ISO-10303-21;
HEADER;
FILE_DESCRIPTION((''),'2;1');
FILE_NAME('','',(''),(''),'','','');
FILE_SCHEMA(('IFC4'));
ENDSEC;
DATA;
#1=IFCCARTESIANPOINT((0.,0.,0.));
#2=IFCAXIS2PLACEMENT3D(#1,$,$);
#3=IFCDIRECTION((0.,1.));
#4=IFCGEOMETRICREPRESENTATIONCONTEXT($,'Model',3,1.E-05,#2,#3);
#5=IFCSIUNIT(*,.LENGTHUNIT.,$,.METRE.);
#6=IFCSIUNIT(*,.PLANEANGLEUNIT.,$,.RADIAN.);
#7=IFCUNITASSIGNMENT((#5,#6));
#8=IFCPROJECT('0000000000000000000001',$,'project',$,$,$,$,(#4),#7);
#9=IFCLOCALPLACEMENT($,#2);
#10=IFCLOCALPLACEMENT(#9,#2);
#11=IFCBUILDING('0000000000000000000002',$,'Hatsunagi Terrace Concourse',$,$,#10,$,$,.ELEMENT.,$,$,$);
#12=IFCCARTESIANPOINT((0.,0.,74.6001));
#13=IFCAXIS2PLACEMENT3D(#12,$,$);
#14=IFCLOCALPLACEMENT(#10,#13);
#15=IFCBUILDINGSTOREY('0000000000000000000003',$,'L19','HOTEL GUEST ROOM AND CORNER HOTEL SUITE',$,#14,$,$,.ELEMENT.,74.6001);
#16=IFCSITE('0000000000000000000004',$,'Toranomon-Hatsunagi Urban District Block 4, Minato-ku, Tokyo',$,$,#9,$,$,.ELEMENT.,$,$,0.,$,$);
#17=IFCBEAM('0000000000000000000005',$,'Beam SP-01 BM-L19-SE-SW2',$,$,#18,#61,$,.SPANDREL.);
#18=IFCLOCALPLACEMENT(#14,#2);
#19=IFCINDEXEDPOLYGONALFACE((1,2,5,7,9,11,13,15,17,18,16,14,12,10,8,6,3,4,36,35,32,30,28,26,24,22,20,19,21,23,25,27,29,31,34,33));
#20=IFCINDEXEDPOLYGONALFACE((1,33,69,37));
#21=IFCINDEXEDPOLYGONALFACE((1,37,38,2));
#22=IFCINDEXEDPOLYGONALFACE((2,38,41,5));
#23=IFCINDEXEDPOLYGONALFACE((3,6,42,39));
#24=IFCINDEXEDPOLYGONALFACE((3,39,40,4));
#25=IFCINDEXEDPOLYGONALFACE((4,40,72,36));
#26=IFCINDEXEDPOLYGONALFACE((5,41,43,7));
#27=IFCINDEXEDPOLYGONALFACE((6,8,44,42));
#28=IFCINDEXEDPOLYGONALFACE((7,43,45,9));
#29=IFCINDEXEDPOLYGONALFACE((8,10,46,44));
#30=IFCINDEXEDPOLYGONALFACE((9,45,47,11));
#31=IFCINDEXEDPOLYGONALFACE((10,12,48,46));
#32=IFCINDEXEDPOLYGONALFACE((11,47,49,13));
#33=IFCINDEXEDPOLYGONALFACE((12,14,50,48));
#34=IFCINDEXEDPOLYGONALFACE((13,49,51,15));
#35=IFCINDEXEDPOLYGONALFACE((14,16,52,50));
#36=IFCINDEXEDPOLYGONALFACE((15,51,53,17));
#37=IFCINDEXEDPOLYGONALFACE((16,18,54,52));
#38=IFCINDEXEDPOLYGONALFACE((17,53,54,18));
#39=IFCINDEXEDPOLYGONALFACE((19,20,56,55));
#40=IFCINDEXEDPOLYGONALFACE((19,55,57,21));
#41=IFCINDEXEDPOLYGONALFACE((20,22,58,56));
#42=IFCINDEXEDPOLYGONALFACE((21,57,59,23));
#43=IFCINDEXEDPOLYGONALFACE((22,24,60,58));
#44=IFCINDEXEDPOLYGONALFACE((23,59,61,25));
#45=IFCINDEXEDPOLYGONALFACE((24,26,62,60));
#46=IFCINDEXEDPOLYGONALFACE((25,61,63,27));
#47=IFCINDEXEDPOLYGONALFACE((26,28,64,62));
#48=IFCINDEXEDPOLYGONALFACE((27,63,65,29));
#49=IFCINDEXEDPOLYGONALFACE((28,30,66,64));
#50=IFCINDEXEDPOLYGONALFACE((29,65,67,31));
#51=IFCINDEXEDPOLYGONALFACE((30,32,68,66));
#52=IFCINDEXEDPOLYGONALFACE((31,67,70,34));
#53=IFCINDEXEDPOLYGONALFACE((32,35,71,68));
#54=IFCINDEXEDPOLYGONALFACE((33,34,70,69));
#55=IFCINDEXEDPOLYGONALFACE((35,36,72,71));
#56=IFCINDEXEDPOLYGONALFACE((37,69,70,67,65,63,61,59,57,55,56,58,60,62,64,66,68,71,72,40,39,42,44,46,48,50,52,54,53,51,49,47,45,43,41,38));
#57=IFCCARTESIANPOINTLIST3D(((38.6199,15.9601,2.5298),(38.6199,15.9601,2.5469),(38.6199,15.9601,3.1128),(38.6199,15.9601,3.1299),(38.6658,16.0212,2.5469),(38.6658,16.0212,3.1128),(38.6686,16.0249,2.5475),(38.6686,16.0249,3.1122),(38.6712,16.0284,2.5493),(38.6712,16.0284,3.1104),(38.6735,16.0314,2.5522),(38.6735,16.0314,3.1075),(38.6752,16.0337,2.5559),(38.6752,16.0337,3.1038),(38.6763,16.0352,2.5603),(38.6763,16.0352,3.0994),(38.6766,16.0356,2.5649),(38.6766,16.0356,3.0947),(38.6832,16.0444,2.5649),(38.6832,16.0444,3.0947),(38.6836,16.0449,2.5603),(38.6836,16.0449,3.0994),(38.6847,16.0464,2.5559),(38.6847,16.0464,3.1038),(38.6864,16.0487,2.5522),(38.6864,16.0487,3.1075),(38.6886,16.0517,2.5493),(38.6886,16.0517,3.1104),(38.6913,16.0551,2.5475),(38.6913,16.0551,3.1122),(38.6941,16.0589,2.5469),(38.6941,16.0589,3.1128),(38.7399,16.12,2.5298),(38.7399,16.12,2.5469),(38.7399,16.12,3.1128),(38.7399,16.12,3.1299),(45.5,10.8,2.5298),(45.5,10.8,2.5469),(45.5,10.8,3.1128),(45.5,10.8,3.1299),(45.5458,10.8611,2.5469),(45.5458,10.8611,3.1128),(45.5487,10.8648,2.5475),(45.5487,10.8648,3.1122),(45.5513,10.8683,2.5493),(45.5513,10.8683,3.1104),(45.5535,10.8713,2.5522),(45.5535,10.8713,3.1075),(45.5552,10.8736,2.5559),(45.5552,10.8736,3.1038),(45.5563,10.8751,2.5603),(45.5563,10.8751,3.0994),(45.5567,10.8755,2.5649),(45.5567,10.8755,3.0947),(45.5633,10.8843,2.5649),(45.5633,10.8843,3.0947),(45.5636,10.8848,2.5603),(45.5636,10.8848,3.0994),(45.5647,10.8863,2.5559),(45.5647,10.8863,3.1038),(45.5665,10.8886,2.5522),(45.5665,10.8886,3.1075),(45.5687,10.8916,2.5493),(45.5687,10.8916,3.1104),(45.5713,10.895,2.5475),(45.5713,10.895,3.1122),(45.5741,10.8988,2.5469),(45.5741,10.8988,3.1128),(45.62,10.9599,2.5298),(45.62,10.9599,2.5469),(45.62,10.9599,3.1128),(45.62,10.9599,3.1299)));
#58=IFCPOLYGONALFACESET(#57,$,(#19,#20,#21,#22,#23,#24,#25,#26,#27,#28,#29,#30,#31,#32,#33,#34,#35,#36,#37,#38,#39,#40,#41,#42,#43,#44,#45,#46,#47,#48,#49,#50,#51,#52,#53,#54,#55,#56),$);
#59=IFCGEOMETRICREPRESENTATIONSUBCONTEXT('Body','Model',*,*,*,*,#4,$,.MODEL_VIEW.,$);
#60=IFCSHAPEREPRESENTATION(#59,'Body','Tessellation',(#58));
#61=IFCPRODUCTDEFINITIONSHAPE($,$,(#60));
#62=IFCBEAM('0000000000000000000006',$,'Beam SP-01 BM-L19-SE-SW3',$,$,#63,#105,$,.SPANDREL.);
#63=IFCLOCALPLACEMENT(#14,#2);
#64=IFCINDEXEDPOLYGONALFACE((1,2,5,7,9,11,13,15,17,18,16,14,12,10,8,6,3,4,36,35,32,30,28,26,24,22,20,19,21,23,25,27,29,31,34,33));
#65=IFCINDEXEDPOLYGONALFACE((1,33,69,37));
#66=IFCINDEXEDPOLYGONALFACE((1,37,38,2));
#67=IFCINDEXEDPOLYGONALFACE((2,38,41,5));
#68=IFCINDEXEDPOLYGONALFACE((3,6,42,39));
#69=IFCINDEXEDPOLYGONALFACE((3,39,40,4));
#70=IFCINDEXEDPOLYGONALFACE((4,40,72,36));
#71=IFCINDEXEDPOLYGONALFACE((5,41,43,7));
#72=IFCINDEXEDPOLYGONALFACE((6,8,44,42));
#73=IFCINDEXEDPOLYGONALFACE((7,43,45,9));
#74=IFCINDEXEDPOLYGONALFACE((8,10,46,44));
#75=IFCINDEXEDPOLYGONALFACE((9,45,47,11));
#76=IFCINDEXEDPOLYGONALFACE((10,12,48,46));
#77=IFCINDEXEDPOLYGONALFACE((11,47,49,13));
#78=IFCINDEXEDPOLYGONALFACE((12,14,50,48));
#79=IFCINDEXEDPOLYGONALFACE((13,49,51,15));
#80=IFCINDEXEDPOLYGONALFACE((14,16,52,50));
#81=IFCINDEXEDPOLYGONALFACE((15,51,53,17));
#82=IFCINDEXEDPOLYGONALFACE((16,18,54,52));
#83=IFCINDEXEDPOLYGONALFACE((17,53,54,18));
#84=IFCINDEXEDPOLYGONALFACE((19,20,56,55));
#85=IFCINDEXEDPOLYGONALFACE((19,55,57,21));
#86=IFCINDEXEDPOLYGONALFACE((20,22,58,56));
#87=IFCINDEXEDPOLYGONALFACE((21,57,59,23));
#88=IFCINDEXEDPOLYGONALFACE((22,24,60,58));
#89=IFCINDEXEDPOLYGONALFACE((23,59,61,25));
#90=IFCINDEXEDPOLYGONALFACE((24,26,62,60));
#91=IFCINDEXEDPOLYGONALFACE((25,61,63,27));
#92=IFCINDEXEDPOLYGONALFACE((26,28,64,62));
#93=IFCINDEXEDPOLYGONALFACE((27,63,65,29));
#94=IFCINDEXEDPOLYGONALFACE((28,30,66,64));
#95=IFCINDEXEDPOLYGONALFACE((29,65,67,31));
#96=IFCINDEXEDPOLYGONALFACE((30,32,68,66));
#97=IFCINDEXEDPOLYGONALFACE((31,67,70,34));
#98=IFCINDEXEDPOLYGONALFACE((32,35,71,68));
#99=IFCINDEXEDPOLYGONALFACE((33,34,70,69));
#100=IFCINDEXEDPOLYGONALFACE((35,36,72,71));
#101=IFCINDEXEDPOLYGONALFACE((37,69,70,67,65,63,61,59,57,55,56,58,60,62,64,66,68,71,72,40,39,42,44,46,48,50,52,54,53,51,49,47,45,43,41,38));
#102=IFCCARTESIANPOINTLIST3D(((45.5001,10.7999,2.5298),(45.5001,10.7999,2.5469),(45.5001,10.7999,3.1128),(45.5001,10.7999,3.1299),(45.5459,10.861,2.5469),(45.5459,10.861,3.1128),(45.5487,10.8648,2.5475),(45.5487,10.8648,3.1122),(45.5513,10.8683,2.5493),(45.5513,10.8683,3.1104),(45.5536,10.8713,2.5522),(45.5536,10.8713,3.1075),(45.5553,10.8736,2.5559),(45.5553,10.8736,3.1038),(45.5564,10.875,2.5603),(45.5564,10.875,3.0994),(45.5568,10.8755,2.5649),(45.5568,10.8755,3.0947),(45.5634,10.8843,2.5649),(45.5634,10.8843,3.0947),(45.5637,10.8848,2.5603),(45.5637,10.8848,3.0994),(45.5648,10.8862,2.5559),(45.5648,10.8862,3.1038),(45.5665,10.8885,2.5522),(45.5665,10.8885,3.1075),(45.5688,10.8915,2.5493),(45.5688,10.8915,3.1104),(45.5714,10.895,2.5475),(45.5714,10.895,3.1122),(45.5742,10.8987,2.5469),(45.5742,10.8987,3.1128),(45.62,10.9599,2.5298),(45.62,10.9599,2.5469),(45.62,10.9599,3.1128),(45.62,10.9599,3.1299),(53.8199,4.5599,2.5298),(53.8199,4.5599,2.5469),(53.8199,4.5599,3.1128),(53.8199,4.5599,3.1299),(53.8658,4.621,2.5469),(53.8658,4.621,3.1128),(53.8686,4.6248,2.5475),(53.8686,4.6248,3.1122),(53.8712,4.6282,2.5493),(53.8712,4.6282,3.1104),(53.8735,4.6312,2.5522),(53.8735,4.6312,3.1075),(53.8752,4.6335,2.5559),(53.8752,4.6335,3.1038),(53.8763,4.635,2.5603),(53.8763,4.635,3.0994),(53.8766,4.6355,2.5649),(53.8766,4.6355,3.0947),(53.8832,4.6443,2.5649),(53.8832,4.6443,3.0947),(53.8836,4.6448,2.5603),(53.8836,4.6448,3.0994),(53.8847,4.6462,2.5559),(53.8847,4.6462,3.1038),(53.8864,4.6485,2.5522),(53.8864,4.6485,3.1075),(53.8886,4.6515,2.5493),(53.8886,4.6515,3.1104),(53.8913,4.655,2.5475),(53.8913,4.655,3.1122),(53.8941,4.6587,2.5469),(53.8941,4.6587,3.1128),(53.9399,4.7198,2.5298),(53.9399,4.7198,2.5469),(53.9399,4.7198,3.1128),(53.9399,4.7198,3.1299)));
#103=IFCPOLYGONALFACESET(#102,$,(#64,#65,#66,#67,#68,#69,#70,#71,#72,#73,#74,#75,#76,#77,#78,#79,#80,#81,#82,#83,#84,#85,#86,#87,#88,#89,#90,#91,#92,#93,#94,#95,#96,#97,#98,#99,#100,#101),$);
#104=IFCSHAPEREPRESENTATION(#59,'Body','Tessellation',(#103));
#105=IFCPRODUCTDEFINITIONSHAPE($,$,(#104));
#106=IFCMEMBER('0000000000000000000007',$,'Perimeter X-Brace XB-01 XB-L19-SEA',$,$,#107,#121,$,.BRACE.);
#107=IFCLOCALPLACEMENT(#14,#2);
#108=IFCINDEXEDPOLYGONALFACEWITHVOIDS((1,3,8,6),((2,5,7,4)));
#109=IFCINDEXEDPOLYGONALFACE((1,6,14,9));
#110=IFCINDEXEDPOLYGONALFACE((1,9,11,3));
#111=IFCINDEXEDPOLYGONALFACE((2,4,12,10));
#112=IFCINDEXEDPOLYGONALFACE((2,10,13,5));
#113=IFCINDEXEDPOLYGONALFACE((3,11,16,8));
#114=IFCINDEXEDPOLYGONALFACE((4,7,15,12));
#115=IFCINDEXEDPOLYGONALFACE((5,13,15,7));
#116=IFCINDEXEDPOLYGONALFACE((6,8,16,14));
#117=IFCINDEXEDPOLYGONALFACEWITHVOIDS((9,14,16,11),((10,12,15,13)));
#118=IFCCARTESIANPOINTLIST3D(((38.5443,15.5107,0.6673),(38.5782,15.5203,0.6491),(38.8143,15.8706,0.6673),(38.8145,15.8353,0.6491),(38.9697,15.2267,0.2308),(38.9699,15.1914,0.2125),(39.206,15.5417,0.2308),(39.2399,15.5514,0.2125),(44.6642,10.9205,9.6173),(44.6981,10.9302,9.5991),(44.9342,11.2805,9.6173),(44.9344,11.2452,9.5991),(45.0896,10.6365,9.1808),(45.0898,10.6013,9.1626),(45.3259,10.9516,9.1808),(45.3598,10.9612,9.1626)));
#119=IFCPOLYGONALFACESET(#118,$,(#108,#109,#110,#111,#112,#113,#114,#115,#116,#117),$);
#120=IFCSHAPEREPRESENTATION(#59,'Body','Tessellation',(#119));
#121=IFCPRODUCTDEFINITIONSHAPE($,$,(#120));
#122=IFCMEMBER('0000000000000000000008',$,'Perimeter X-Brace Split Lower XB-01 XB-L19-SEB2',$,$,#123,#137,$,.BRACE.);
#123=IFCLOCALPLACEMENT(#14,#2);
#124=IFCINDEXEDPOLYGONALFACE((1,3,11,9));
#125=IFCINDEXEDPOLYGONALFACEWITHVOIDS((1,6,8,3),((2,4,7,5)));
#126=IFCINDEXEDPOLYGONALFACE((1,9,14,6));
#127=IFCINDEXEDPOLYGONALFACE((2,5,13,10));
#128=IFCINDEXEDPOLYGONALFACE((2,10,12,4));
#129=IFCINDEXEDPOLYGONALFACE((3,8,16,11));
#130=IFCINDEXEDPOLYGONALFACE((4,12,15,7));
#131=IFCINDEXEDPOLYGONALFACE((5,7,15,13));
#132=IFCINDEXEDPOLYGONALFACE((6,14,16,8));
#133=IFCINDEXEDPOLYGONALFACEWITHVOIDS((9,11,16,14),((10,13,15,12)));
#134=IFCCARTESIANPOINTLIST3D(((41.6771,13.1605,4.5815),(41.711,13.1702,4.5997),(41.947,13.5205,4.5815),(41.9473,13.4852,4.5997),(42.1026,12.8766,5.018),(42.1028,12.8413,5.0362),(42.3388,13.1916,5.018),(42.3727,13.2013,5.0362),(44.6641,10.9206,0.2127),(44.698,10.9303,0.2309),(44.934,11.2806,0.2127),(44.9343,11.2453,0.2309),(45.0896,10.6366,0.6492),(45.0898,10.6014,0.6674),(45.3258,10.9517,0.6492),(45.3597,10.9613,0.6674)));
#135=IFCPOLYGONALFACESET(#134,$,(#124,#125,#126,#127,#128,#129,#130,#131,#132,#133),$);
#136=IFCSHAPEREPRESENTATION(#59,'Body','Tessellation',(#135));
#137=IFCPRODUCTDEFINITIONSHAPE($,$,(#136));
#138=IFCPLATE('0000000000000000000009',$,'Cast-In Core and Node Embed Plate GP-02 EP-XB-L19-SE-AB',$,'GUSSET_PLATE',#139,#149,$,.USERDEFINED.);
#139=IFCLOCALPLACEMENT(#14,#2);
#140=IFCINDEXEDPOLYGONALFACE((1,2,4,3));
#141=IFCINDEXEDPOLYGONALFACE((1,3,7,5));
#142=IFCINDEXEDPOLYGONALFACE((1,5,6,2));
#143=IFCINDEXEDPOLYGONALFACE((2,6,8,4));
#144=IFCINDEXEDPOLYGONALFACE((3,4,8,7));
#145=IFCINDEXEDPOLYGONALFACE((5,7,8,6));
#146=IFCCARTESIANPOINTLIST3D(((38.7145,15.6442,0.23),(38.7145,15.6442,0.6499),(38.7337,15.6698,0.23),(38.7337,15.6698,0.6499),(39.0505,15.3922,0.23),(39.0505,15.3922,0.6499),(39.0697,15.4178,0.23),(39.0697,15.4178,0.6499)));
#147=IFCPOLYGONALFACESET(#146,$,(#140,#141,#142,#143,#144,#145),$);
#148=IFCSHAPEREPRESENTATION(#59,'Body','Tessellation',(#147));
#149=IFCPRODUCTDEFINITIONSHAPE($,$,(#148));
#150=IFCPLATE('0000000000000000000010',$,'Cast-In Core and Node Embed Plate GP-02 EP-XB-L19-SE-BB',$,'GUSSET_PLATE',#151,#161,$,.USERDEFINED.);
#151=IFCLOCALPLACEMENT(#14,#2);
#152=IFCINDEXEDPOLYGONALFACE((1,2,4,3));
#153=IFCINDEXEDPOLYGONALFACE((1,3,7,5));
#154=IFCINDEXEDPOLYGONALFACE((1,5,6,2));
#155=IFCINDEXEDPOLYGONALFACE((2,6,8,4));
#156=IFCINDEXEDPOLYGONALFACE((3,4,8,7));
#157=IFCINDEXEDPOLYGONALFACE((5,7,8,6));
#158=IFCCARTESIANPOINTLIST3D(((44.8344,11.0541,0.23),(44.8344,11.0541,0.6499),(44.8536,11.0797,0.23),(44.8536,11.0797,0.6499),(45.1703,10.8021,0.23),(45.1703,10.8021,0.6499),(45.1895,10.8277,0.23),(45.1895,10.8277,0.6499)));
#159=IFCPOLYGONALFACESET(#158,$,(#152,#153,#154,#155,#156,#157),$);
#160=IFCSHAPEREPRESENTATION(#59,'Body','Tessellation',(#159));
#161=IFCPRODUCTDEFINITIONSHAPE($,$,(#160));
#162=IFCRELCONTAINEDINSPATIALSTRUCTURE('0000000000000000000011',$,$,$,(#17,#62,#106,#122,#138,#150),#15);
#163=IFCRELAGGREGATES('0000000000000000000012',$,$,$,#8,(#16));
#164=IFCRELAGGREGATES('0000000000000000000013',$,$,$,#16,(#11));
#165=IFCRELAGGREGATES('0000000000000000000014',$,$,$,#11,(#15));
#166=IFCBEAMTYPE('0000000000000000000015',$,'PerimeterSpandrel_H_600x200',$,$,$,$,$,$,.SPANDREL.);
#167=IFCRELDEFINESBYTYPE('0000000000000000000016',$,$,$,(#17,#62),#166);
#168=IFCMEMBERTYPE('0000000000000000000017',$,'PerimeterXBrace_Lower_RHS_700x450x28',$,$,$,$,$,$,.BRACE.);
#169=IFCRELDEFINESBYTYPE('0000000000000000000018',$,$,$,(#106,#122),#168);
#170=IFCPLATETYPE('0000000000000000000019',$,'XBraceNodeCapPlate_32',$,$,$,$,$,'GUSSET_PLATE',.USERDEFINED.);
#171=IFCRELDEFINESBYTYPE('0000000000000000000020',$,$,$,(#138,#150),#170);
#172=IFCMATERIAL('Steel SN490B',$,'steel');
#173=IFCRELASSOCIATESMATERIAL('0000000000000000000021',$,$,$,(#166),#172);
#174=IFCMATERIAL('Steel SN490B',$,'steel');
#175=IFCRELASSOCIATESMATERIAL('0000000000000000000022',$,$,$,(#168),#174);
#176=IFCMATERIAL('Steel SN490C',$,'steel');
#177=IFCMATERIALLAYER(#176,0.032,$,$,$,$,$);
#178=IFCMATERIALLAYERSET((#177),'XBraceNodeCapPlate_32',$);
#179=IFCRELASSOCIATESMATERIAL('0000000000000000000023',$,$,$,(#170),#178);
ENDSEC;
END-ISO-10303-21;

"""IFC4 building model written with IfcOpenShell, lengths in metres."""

from ifc_helpers import new_model, si_unit, direction, frame, origin, origin_2d, place, context, subcontext, project, spatial, rectangle, hollow_rectangle, i_section, extrude, material, layer, layer_set, material_profile, profile_set, type_object, element, save


model = new_model("IFC4")

# Units and contexts
model_context = context("Model", 3, precision=1e-05, world=origin(), true_north=direction((0.0, 1.0)))
body_context = subcontext(model_context, "Body", "Model", "MODEL_VIEW")
ifc_project = project(units=[si_unit("LENGTHUNIT", "METRE"), si_unit("PLANEANGLEUNIT", "RADIAN")], contexts=[model_context])

# Site, building, storey
site_placement = place(None, origin())
site = spatial("IfcSite", under=ifc_project, at=site_placement, Name="Toranomon-Hatsunagi Urban District Block 4, Minato-ku, Tokyo", CompositionType="ELEMENT", RefElevation=0.0)
building_placement = place(site_placement, origin())
building = spatial("IfcBuilding", under=site, at=building_placement, Name="Hatsunagi Terrace Concourse", CompositionType="ELEMENT")
storey_placement = place(building_placement, frame((0.0, 0.0, 74.6001)))
storey = spatial("IfcBuildingStorey", under=building, at=storey_placement, Name="L19", Description="HOTEL GUEST ROOM AND CORNER HOTEL SUITE", CompositionType="ELEMENT", Elevation=74.6001)

# Beams
ifc_material_1 = material(Name="Steel SN490B", Category="steel")
ifc_material_profile_1 = material_profile(ifc_material_1, i_section(OverallWidth=0.2, OverallDepth=0.6001, WebThickness=0.011, FlangeThickness=0.0171, FilletRadius=0.0181, at=origin_2d()), Name="H-600x200x11x17")
ifc_profile_set_1 = profile_set([ifc_material_profile_1], Name="Steel SN490B")
beam_type_1 = type_object("IfcBeamType", Name="PerimeterSpandrel_H_600x200", PredefinedType="SPANDREL", material=ifc_profile_set_1)
beam_1_placement = place(storey_placement, frame((38.6799, 16.04, 2.8298), z_axis=(0.799997, -0.600005, 0.0), x_axis=(0.600005, 0.799997, 0.0)))
element("IfcBeam", 1, at=beam_1_placement, inside=storey, type_object=beam_type_1, Name="Beam SP-01 BM-L19-SE-SW2", PredefinedType="SPANDREL", context=body_context, shape_type="SweptSolid", body=[
    extrude(i_section(OverallWidth=0.2, OverallDepth=0.6001, WebThickness=0.011, FlangeThickness=0.0171, FilletRadius=0.0181, at=origin_2d()), origin(), (0.0, 0.0, 1.0), 8.6001),
])
beam_2_placement = place(storey_placement, frame((45.5601, 10.8799, 2.8298), z_axis=(0.799994, -0.600008, 0.0), x_axis=(0.600008, 0.799994, 0.0)))
element("IfcBeam", 2, at=beam_2_placement, inside=storey, type_object=beam_type_1, Name="Beam SP-01 BM-L19-SE-SW3", PredefinedType="SPANDREL", context=body_context, shape_type="SweptSolid", body=[
    extrude(i_section(OverallWidth=0.2, OverallDepth=0.6001, WebThickness=0.011, FlangeThickness=0.0171, FilletRadius=0.0181, at=origin_2d()), origin(), (0.0, 0.0, 1.0), 10.3999),
])

# Members
ifc_material_2 = material(Name="Steel SN490B", Category="steel")
ifc_material_profile_2 = material_profile(ifc_material_2, hollow_rectangle(XDim=0.45, YDim=0.7, WallThickness=0.0281, at=origin_2d()), Name="RHS-700x450x28")
ifc_profile_set_2 = profile_set([ifc_material_profile_2], Name="Steel SN490B")
member_type = type_object("IfcMemberType", Name="PerimeterXBrace_Lower_RHS_700x450x28", PredefinedType="BRACE", material=ifc_profile_set_2)
member_1_placement = place(storey_placement, frame((38.8921, 15.531, 0.4399), z_axis=(0.519786, -0.389855, 0.760155), x_axis=(0.600015, 0.799989, 0.0)))
element("IfcMember", 3, at=member_1_placement, inside=storey, type_object=member_type, Name="Perimeter X-Brace XB-01 XB-L19-SEA", PredefinedType="BRACE", context=body_context, shape_type="SweptSolid", body=[
    extrude(hollow_rectangle(XDim=0.45, YDim=0.7, WallThickness=0.0281, at=origin_2d()), origin(), (0.0, 0.0, 1.0), 11.7739),
])
member_2_placement = place(storey_placement, frame((42.0249, 13.1809, 4.8088), z_axis=(0.519765, -0.389771, -0.760212), x_axis=(0.599948, 0.800039, 0.0)))
element("IfcMember", 4, at=member_2_placement, inside=storey, type_object=member_type, Name="Perimeter X-Brace Split Lower XB-01 XB-L19-SEB2", PredefinedType="BRACE", context=body_context, shape_type="SweptSolid", body=[
    extrude(hollow_rectangle(XDim=0.45, YDim=0.7, WallThickness=0.0281, at=origin_2d()), origin(), (0.0, 0.0, 1.0), 5.7468),
])

# Plates
ifc_material_3 = material(Name="Steel SN490C", Category="steel")
ifc_layer_1 = layer(ifc_material_3, 0.032)
ifc_layer_set_1 = layer_set([ifc_layer_1], Name="XBraceNodeCapPlate_32")
plate_type = type_object("IfcPlateType", Name="XBraceNodeCapPlate_32", ElementType="GUSSET_PLATE", PredefinedType="USERDEFINED", material=ifc_layer_set_1)
for number, where, z_axis, x_axis, name in (
    (5, (38.8921, 15.531, 0.23), (0.0, 0.0, 1.0), (0.8, -0.6, 0.0), "Cast-In Core and Node Embed Plate GP-02 EP-XB-L19-SE-AB"),
    (6, (45.012, 10.9409, 0.23), (0.0, 0.0, 1.0), (0.8, -0.6, 0.0), "Cast-In Core and Node Embed Plate GP-02 EP-XB-L19-SE-BB"),
):
    element("IfcPlate", number, at=place(storey_placement, frame(where, z_axis=z_axis, x_axis=x_axis)), inside=storey, type_object=plate_type, Name=name, ObjectType="GUSSET_PLATE", PredefinedType="USERDEFINED", context=body_context, shape_type="SweptSolid", body=[
        extrude(rectangle(XDim=0.4199, YDim=0.032, at=origin_2d()), origin(), (0.0, 0.0, 1.0), 0.4199),
    ])

save(model, "model.ifc")
